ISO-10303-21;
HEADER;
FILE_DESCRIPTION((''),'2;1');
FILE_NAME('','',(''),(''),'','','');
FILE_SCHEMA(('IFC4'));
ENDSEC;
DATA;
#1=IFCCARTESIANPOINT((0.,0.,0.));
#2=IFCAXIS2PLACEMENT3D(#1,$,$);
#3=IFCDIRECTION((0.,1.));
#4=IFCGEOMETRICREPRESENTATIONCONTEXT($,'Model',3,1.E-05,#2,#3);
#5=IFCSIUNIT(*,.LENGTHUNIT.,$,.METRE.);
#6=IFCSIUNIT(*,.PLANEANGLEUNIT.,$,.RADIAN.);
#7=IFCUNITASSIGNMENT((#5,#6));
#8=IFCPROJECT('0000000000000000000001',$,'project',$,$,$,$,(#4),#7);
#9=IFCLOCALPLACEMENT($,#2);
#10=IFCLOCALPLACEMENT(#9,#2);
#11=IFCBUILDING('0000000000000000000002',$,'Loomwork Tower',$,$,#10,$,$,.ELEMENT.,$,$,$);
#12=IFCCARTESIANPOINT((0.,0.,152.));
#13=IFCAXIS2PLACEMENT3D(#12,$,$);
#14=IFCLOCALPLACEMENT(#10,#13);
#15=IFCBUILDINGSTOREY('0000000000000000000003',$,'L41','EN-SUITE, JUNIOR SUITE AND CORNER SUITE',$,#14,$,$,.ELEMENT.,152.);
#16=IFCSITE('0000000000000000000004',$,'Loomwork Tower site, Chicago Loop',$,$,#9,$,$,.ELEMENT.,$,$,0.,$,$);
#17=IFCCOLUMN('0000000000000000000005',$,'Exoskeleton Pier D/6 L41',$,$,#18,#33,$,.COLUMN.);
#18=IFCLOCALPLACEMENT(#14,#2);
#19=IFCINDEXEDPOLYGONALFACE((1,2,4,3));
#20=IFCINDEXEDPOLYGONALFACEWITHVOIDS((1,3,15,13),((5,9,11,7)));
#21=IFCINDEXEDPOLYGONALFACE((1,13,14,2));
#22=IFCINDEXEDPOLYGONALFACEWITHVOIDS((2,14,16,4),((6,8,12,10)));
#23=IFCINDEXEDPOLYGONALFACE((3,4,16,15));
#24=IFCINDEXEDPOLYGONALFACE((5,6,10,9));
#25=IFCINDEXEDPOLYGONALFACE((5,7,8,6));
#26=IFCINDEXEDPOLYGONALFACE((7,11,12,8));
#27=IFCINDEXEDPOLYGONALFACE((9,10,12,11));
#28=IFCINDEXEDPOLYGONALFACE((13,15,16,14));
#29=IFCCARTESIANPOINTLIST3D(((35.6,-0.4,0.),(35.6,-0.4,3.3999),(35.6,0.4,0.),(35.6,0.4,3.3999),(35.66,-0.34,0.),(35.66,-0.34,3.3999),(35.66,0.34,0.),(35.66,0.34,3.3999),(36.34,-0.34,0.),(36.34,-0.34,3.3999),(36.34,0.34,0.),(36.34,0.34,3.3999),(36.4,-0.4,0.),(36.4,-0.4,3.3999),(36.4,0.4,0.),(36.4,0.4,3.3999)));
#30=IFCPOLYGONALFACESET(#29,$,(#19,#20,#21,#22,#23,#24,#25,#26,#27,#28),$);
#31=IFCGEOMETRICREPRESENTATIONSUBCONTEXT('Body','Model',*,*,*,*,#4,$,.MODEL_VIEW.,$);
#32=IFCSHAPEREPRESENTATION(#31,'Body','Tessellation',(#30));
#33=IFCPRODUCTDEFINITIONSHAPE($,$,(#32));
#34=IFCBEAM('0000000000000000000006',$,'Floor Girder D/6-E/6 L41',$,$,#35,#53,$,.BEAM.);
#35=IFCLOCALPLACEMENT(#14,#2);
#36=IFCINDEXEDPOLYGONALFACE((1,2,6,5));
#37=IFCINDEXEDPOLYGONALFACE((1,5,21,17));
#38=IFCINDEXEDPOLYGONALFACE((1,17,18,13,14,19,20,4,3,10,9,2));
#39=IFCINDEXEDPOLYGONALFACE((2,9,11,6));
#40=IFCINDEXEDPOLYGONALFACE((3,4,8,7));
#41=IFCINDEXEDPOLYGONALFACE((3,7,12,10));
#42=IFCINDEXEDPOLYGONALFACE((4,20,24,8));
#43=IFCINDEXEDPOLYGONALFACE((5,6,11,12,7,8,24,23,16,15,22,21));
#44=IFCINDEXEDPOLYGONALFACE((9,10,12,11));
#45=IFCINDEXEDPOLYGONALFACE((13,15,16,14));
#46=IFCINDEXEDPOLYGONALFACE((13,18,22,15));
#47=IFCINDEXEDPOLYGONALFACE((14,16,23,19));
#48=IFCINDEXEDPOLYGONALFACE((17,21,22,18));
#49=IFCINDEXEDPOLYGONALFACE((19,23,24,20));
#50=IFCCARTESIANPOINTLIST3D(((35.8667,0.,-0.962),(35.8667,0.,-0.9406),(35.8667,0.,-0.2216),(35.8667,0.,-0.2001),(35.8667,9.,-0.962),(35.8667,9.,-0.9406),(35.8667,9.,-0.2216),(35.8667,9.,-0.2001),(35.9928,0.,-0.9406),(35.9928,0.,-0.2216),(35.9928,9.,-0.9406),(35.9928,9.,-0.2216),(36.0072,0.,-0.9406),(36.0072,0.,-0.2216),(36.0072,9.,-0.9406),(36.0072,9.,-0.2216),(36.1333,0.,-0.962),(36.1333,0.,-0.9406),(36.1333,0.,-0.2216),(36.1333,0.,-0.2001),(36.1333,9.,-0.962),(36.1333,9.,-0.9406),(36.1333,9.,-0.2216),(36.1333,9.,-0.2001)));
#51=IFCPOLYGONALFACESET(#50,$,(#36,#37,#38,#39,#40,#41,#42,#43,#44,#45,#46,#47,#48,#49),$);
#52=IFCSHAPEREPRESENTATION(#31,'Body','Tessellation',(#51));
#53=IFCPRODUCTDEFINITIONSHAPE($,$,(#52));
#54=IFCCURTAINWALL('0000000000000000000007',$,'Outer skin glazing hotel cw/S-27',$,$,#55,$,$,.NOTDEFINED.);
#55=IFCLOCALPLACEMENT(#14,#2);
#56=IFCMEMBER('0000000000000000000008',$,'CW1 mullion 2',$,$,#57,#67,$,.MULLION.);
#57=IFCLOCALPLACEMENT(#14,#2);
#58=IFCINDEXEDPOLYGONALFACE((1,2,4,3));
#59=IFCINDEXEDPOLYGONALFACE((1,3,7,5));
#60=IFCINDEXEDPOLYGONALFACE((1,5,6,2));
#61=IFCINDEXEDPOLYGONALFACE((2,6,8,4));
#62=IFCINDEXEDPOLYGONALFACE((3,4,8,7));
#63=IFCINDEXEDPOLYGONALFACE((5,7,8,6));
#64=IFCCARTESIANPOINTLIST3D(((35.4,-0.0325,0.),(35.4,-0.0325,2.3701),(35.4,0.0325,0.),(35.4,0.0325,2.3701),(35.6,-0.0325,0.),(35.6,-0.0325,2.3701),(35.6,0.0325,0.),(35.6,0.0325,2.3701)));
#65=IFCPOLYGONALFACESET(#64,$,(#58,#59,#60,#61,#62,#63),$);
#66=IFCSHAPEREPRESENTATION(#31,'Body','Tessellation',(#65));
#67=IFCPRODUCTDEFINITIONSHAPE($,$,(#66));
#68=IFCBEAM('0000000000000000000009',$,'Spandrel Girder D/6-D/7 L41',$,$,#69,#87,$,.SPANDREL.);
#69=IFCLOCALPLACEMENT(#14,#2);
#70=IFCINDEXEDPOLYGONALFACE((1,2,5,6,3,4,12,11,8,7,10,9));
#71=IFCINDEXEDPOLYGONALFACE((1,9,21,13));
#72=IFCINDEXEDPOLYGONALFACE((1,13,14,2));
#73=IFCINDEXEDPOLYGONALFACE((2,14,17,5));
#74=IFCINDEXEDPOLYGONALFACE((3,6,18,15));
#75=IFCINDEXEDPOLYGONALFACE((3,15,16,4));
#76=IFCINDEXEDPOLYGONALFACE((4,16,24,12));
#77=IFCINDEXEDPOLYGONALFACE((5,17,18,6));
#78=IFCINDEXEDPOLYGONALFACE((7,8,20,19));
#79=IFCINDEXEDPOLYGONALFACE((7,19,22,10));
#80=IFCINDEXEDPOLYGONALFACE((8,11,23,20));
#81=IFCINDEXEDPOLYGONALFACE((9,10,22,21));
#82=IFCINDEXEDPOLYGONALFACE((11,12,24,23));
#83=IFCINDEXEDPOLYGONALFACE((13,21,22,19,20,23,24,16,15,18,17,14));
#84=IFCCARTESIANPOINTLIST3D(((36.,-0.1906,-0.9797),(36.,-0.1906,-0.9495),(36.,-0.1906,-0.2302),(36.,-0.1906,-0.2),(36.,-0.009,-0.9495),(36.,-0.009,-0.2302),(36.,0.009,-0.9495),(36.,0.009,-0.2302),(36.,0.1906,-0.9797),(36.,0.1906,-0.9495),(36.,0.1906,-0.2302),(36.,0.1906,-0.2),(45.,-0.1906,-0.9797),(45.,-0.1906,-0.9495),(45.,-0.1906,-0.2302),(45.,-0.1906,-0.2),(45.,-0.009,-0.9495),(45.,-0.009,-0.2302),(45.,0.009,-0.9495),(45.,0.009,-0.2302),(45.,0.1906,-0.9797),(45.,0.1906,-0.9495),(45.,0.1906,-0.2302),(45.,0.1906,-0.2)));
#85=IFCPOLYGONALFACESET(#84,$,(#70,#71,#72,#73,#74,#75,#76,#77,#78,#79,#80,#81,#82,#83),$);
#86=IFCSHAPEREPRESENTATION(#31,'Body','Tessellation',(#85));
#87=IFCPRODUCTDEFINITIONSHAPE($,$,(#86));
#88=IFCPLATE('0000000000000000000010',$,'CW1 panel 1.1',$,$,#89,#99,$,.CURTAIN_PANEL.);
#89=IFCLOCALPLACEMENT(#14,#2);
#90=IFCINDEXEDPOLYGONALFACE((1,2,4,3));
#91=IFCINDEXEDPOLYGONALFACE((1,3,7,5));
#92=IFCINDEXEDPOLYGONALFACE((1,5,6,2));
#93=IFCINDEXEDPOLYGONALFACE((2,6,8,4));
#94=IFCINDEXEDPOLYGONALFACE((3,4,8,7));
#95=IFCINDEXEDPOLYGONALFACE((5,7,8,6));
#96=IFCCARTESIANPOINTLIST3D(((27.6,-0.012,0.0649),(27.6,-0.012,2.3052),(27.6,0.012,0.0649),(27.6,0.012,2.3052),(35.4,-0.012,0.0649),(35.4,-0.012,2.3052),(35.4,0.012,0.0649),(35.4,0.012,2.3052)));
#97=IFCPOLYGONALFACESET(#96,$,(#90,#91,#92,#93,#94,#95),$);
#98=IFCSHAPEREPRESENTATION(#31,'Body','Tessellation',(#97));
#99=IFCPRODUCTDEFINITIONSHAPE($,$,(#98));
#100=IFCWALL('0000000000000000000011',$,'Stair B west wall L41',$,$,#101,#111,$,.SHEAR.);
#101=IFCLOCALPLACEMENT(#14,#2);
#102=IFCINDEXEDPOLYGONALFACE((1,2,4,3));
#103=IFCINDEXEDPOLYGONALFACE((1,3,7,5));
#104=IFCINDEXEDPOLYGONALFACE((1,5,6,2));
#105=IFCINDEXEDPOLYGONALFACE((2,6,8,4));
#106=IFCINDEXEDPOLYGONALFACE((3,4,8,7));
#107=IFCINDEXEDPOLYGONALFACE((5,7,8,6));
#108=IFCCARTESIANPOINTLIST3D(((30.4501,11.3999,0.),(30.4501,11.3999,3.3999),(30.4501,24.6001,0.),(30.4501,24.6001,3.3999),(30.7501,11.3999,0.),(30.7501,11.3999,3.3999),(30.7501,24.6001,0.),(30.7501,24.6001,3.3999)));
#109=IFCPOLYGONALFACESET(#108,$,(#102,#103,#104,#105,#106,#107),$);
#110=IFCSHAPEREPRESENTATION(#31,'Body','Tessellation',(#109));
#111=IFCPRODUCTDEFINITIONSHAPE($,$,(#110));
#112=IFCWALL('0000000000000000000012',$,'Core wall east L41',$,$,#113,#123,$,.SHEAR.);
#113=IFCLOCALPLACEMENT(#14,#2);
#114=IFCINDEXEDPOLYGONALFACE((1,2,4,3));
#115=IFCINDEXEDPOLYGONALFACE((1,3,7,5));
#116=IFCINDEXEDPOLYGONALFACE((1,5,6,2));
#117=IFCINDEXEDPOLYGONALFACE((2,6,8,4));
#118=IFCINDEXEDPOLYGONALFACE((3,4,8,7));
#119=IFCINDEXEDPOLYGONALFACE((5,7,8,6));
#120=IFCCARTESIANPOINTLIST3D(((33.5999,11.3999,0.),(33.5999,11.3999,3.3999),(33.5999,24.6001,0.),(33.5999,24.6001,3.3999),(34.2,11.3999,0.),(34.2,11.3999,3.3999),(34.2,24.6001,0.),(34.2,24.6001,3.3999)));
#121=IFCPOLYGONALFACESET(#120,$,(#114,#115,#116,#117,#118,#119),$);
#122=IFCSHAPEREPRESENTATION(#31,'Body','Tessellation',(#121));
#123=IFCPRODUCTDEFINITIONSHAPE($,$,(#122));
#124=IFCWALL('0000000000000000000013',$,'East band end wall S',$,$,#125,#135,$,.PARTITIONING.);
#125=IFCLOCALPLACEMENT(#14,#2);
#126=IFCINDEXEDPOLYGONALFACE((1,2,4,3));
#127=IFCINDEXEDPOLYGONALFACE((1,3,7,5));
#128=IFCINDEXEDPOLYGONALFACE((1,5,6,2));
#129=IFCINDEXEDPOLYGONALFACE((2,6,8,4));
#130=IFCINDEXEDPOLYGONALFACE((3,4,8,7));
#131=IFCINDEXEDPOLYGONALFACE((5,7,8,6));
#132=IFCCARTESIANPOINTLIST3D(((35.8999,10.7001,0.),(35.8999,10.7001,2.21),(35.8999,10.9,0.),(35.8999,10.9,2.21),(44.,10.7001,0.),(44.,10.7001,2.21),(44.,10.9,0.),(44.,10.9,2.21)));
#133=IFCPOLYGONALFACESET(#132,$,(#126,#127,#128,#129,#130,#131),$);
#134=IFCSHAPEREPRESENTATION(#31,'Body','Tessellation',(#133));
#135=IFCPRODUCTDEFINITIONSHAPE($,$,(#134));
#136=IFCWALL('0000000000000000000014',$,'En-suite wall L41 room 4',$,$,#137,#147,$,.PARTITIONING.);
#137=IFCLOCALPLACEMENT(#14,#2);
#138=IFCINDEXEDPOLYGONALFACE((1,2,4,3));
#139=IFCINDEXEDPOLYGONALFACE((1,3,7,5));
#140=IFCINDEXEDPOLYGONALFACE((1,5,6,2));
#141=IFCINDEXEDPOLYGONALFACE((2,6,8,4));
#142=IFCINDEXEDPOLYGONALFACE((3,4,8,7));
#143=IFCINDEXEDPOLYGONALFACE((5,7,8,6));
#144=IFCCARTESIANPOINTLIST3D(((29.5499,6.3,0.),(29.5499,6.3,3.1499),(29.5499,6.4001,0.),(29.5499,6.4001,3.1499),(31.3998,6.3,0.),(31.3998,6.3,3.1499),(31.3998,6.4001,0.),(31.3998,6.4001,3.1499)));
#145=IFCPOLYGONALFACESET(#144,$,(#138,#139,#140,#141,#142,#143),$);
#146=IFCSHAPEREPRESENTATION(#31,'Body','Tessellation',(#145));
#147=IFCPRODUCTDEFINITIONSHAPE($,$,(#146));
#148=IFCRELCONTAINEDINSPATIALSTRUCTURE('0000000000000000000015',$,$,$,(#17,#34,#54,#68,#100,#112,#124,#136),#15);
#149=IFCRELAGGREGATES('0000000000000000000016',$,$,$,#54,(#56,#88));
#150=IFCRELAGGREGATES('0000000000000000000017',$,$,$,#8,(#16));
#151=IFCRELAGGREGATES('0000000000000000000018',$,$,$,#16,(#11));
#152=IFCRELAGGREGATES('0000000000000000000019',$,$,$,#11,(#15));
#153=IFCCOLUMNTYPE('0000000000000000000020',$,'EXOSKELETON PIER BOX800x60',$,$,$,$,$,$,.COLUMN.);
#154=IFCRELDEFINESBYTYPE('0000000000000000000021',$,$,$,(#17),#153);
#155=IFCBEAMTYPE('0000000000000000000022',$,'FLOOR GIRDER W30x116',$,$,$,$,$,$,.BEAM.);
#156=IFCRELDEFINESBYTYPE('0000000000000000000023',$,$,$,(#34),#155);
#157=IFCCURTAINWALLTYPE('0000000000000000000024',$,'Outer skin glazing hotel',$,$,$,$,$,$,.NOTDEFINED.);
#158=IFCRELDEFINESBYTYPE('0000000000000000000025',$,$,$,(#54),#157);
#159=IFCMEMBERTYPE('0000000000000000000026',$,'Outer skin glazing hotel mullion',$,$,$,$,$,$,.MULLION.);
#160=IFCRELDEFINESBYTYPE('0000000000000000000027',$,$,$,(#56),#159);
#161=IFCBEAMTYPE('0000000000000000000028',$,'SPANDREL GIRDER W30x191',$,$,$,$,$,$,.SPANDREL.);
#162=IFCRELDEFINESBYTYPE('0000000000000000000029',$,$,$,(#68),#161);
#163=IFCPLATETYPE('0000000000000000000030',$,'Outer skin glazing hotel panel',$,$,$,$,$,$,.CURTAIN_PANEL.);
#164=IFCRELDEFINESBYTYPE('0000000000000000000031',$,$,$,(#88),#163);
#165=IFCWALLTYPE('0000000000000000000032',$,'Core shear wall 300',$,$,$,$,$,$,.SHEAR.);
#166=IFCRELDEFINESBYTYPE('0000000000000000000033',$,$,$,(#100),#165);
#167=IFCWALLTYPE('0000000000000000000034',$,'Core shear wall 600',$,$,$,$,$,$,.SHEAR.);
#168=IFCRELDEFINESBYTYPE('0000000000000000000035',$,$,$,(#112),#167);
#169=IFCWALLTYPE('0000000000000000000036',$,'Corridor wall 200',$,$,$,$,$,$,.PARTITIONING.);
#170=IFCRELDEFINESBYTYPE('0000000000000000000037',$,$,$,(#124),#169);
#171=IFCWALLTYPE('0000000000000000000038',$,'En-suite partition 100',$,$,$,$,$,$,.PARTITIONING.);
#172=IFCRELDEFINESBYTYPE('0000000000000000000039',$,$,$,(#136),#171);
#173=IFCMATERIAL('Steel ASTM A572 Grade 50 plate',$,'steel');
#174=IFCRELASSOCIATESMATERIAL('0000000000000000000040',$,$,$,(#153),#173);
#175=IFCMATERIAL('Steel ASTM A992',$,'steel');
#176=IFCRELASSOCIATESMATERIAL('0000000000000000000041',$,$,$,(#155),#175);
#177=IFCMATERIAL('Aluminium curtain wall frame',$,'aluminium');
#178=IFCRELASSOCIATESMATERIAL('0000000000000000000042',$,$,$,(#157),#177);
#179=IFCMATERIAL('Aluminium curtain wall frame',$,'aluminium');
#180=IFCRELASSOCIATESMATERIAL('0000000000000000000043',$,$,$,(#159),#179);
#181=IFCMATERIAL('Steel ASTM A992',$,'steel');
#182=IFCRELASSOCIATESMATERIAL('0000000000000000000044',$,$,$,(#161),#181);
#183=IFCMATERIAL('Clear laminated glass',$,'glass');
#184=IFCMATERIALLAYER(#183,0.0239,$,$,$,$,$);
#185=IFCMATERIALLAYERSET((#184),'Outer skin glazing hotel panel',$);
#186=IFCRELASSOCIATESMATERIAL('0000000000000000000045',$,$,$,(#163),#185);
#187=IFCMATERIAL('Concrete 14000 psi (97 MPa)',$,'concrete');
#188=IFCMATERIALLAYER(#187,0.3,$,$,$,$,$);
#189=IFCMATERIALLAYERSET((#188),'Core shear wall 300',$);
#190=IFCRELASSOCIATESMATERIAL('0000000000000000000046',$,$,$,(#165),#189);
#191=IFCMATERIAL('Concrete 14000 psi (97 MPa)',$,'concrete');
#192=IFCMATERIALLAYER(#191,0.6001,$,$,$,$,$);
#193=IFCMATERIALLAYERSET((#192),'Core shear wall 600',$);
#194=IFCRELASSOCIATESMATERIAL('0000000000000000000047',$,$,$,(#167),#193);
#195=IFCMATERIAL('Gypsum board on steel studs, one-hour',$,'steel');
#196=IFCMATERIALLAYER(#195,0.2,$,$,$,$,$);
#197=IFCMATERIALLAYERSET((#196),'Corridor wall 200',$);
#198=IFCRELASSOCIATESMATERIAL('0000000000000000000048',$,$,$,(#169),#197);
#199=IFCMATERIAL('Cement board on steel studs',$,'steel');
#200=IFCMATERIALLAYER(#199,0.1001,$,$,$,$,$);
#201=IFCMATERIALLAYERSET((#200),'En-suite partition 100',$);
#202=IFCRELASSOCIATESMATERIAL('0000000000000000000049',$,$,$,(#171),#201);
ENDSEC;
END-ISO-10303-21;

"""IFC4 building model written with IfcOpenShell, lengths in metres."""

from ifc_helpers import new_model, si_unit, direction, frame, frame_2d, origin, origin_2d, place, context, subcontext, project, spatial, rectangle, hollow_rectangle, i_section, extrude, material, layer, layer_set, material_profile, profile_set, type_object, element, aggregate, save


model = new_model("IFC4")

# Units and contexts
model_context = context("Model", 3, precision=1e-05, world=origin(), true_north=direction((0.0, 1.0)))
body_context = subcontext(model_context, "Body", "Model", "MODEL_VIEW")
ifc_project = project(units=[si_unit("LENGTHUNIT", "METRE"), si_unit("PLANEANGLEUNIT", "RADIAN")], contexts=[model_context])

# Site, building, storey
site_placement = place(None, origin())
site = spatial("IfcSite", under=ifc_project, at=site_placement, Name="Loomwork Tower site, Chicago Loop", CompositionType="ELEMENT", RefElevation=0.0)
building_placement = place(site_placement, origin())
building = spatial("IfcBuilding", under=site, at=building_placement, Name="Loomwork Tower", CompositionType="ELEMENT")
storey_placement = place(building_placement, frame((0.0, 0.0, 152.0)))
storey = spatial("IfcBuildingStorey", under=building, at=storey_placement, Name="L41", Description="EN-SUITE, JUNIOR SUITE AND CORNER SUITE", CompositionType="ELEMENT", Elevation=152.0)

# Column
ifc_material_1 = material(Name="Steel ASTM A572 Grade 50 plate", Category="steel")
ifc_material_profile_1 = material_profile(ifc_material_1, hollow_rectangle(XDim=0.8, YDim=0.8, WallThickness=0.0601, at=origin_2d()), Name="BOX800x60")
ifc_profile_set_1 = profile_set([ifc_material_profile_1], Name="Steel ASTM A572 Grade 50 plate")
column_type = type_object("IfcColumnType", Name="EXOSKELETON PIER BOX800x60", PredefinedType="COLUMN", material=ifc_profile_set_1)
column_placement = place(storey_placement, frame((36.0, 0.0, 0.0), z_axis=(0.0, 0.0, 1.0), x_axis=(1.0, 0.0, 0.0)))
element("IfcColumn", 1, at=column_placement, inside=storey, type_object=column_type, Name="Exoskeleton Pier D/6 L41", PredefinedType="COLUMN", context=body_context, shape_type="SweptSolid", body=[
    extrude(hollow_rectangle(XDim=0.8, YDim=0.8, WallThickness=0.0601, at=origin_2d()), origin(), (0.0, 0.0, 1.0), 3.3999),
])

# Beam
ifc_material_2 = material(Name="Steel ASTM A992", Category="steel")
ifc_material_profile_2 = material_profile(ifc_material_2, i_section(OverallWidth=0.2666, OverallDepth=0.762, WebThickness=0.0144, FlangeThickness=0.0215, at=origin_2d()), Name="W30x116")
ifc_profile_set_2 = profile_set([ifc_material_profile_2], Name="Steel ASTM A992")
beam_type_1 = type_object("IfcBeamType", Name="FLOOR GIRDER W30x116", PredefinedType="BEAM", material=ifc_profile_set_2)
beam_1_placement = place(storey_placement, frame((36.0, 0.0, -0.5811), z_axis=(0.0, 1.0, 0.0), x_axis=(-1.0, 0.0, 0.0)))
element("IfcBeam", 2, at=beam_1_placement, inside=storey, type_object=beam_type_1, Name="Floor Girder D/6-E/6 L41", PredefinedType="BEAM", context=body_context, shape_type="SweptSolid", body=[
    extrude(i_section(OverallWidth=0.2666, OverallDepth=0.762, WebThickness=0.0144, FlangeThickness=0.0215, at=origin_2d()), origin(), (0.0, 0.0, 1.0), 9.0),
])

# Curtain wall, member
ifc_material_3 = material(Name="Aluminium curtain wall frame", Category="aluminium")
curtain_wall_type = type_object("IfcCurtainWallType", Name="Outer skin glazing hotel", PredefinedType="NOTDEFINED", material=ifc_material_3)
curtain_wall_placement = place(storey_placement, origin())
curtain_wall = element("IfcCurtainWall", 3, at=curtain_wall_placement, inside=storey, type_object=curtain_wall_type, Name="Outer skin glazing hotel cw/S-27", PredefinedType="NOTDEFINED")
ifc_material_4 = material(Name="Aluminium curtain wall frame", Category="aluminium")
ifc_material_profile_3 = material_profile(ifc_material_4, rectangle(XDim=0.0649, YDim=0.2, at=origin_2d()), Name="AL 65x200")
ifc_profile_set_3 = profile_set([ifc_material_profile_3], Name="Aluminium curtain wall frame")
member_type = type_object("IfcMemberType", Name="Outer skin glazing hotel mullion", PredefinedType="MULLION", material=ifc_profile_set_3)
member_placement = place(storey_placement, frame((35.5, 0.0, 0.0), z_axis=(0.0, 0.0, 1.0), x_axis=(0.0, 1.0, 0.0)))
member = element("IfcMember", 4, at=member_placement, type_object=member_type, Name="CW1 mullion 2", PredefinedType="MULLION", context=body_context, shape_type="SweptSolid", body=[
    extrude(rectangle(XDim=0.0649, YDim=0.2, at=origin_2d()), origin(), (0.0, 0.0, 1.0), 2.3701),
])

# Beam
ifc_material_5 = material(Name="Steel ASTM A992", Category="steel")
ifc_material_profile_4 = material_profile(ifc_material_5, i_section(OverallWidth=0.3811, OverallDepth=0.7798, WebThickness=0.0181, FlangeThickness=0.0303, at=origin_2d()), Name="W30x191")
ifc_profile_set_4 = profile_set([ifc_material_profile_4], Name="Steel ASTM A992")
beam_type_2 = type_object("IfcBeamType", Name="SPANDREL GIRDER W30x191", PredefinedType="SPANDREL", material=ifc_profile_set_4)
beam_2_placement = place(storey_placement, frame((36.0, 0.0, -0.5898), z_axis=(1.0, 0.0, 0.0), x_axis=(0.0, 1.0, 0.0)))
element("IfcBeam", 5, at=beam_2_placement, inside=storey, type_object=beam_type_2, Name="Spandrel Girder D/6-D/7 L41", PredefinedType="SPANDREL", context=body_context, shape_type="SweptSolid", body=[
    extrude(i_section(OverallWidth=0.3811, OverallDepth=0.7798, WebThickness=0.0181, FlangeThickness=0.0303, at=origin_2d()), origin(), (0.0, 0.0, 1.0), 9.0),
])

# Plate
ifc_material_6 = material(Name="Clear laminated glass", Category="glass")
ifc_layer_1 = layer(ifc_material_6, 0.0239)
ifc_layer_set_1 = layer_set([ifc_layer_1], Name="Outer skin glazing hotel panel")
plate_type = type_object("IfcPlateType", Name="Outer skin glazing hotel panel", PredefinedType="CURTAIN_PANEL", material=ifc_layer_set_1)
plate_placement = place(storey_placement, frame((31.5, 0.0, 0.0649), z_axis=(0.0, 0.0, 1.0), x_axis=(1.0, 0.0, 0.0)))
plate = element("IfcPlate", 6, at=plate_placement, type_object=plate_type, Name="CW1 panel 1.1", PredefinedType="CURTAIN_PANEL", context=body_context, shape_type="SweptSolid", body=[
    extrude(rectangle(XDim=7.8, YDim=0.0239, at=origin_2d()), origin(), (0.0, 0.0, 1.0), 2.2402),
])
aggregate(curtain_wall, [member, plate])

# Walls
ifc_material_7 = material(Name="Concrete 14000 psi (97 MPa)", Category="concrete")
ifc_layer_2 = layer(ifc_material_7, 0.3)
ifc_layer_set_2 = layer_set([ifc_layer_2], Name="Core shear wall 300")
wall_type_1 = type_object("IfcWallType", Name="Core shear wall 300", PredefinedType="SHEAR", material=ifc_layer_set_2)
wall_1_placement = place(storey_placement, frame((30.6001, 11.3999, 0.0), z_axis=(0.0, 0.0, 1.0), x_axis=(0.0, 1.0, 0.0)))
element("IfcWall", 7, at=wall_1_placement, inside=storey, type_object=wall_type_1, Name="Stair B west wall L41", PredefinedType="SHEAR", context=body_context, shape_type="SweptSolid", body=[
    extrude(rectangle(XDim=13.2002, YDim=0.3, at=frame_2d((6.6001, 0.0))), origin(), (0.0, 0.0, 1.0), 3.3999),
])
ifc_material_8 = material(Name="Concrete 14000 psi (97 MPa)", Category="concrete")
ifc_layer_3 = layer(ifc_material_8, 0.6001)
ifc_layer_set_3 = layer_set([ifc_layer_3], Name="Core shear wall 600")
wall_type_2 = type_object("IfcWallType", Name="Core shear wall 600", PredefinedType="SHEAR", material=ifc_layer_set_3)
wall_2_placement = place(storey_placement, frame((33.8999, 11.3999, 0.0), z_axis=(0.0, 0.0, 1.0), x_axis=(0.0, 1.0, 0.0)))
element("IfcWall", 8, at=wall_2_placement, inside=storey, type_object=wall_type_2, Name="Core wall east L41", PredefinedType="SHEAR", context=body_context, shape_type="SweptSolid", body=[
    extrude(rectangle(XDim=13.2002, YDim=0.6001, at=frame_2d((6.6001, 0.0))), origin(), (0.0, 0.0, 1.0), 3.3999),
])
ifc_material_9 = material(Name="Gypsum board on steel studs, one-hour", Category="steel")
ifc_layer_4 = layer(ifc_material_9, 0.2)
ifc_layer_set_4 = layer_set([ifc_layer_4], Name="Corridor wall 200")
wall_type_3 = type_object("IfcWallType", Name="Corridor wall 200", PredefinedType="PARTITIONING", material=ifc_layer_set_4)
wall_3_placement = place(storey_placement, frame((35.8999, 10.8, 0.0), z_axis=(0.0, 0.0, 1.0), x_axis=(1.0, 0.0, 0.0)))
element("IfcWall", 9, at=wall_3_placement, inside=storey, type_object=wall_type_3, Name="East band end wall S", PredefinedType="PARTITIONING", context=body_context, shape_type="SweptSolid", body=[
    extrude(rectangle(XDim=8.1001, YDim=0.2, at=frame_2d((4.05, 0.0))), origin(), (0.0, 0.0, 1.0), 2.21),
])
ifc_material_10 = material(Name="Cement board on steel studs", Category="steel")
ifc_layer_5 = layer(ifc_material_10, 0.1001)
ifc_layer_set_5 = layer_set([ifc_layer_5], Name="En-suite partition 100")
wall_type_4 = type_object("IfcWallType", Name="En-suite partition 100", PredefinedType="PARTITIONING", material=ifc_layer_set_5)
wall_4_placement = place(storey_placement, frame((29.55, 6.3501, 0.0), z_axis=(0.0, 0.0, 1.0), x_axis=(1.0, 0.0, 0.0)))
element("IfcWall", 10, at=wall_4_placement, inside=storey, type_object=wall_type_4, Name="En-suite wall L41 room 4", PredefinedType="PARTITIONING", context=body_context, shape_type="SweptSolid", body=[
    extrude(rectangle(XDim=1.8499, YDim=0.1001, at=frame_2d((0.9248, 0.0))), origin(), (0.0, 0.0, 1.0), 3.1499),
])

save(model, "model.ifc")
